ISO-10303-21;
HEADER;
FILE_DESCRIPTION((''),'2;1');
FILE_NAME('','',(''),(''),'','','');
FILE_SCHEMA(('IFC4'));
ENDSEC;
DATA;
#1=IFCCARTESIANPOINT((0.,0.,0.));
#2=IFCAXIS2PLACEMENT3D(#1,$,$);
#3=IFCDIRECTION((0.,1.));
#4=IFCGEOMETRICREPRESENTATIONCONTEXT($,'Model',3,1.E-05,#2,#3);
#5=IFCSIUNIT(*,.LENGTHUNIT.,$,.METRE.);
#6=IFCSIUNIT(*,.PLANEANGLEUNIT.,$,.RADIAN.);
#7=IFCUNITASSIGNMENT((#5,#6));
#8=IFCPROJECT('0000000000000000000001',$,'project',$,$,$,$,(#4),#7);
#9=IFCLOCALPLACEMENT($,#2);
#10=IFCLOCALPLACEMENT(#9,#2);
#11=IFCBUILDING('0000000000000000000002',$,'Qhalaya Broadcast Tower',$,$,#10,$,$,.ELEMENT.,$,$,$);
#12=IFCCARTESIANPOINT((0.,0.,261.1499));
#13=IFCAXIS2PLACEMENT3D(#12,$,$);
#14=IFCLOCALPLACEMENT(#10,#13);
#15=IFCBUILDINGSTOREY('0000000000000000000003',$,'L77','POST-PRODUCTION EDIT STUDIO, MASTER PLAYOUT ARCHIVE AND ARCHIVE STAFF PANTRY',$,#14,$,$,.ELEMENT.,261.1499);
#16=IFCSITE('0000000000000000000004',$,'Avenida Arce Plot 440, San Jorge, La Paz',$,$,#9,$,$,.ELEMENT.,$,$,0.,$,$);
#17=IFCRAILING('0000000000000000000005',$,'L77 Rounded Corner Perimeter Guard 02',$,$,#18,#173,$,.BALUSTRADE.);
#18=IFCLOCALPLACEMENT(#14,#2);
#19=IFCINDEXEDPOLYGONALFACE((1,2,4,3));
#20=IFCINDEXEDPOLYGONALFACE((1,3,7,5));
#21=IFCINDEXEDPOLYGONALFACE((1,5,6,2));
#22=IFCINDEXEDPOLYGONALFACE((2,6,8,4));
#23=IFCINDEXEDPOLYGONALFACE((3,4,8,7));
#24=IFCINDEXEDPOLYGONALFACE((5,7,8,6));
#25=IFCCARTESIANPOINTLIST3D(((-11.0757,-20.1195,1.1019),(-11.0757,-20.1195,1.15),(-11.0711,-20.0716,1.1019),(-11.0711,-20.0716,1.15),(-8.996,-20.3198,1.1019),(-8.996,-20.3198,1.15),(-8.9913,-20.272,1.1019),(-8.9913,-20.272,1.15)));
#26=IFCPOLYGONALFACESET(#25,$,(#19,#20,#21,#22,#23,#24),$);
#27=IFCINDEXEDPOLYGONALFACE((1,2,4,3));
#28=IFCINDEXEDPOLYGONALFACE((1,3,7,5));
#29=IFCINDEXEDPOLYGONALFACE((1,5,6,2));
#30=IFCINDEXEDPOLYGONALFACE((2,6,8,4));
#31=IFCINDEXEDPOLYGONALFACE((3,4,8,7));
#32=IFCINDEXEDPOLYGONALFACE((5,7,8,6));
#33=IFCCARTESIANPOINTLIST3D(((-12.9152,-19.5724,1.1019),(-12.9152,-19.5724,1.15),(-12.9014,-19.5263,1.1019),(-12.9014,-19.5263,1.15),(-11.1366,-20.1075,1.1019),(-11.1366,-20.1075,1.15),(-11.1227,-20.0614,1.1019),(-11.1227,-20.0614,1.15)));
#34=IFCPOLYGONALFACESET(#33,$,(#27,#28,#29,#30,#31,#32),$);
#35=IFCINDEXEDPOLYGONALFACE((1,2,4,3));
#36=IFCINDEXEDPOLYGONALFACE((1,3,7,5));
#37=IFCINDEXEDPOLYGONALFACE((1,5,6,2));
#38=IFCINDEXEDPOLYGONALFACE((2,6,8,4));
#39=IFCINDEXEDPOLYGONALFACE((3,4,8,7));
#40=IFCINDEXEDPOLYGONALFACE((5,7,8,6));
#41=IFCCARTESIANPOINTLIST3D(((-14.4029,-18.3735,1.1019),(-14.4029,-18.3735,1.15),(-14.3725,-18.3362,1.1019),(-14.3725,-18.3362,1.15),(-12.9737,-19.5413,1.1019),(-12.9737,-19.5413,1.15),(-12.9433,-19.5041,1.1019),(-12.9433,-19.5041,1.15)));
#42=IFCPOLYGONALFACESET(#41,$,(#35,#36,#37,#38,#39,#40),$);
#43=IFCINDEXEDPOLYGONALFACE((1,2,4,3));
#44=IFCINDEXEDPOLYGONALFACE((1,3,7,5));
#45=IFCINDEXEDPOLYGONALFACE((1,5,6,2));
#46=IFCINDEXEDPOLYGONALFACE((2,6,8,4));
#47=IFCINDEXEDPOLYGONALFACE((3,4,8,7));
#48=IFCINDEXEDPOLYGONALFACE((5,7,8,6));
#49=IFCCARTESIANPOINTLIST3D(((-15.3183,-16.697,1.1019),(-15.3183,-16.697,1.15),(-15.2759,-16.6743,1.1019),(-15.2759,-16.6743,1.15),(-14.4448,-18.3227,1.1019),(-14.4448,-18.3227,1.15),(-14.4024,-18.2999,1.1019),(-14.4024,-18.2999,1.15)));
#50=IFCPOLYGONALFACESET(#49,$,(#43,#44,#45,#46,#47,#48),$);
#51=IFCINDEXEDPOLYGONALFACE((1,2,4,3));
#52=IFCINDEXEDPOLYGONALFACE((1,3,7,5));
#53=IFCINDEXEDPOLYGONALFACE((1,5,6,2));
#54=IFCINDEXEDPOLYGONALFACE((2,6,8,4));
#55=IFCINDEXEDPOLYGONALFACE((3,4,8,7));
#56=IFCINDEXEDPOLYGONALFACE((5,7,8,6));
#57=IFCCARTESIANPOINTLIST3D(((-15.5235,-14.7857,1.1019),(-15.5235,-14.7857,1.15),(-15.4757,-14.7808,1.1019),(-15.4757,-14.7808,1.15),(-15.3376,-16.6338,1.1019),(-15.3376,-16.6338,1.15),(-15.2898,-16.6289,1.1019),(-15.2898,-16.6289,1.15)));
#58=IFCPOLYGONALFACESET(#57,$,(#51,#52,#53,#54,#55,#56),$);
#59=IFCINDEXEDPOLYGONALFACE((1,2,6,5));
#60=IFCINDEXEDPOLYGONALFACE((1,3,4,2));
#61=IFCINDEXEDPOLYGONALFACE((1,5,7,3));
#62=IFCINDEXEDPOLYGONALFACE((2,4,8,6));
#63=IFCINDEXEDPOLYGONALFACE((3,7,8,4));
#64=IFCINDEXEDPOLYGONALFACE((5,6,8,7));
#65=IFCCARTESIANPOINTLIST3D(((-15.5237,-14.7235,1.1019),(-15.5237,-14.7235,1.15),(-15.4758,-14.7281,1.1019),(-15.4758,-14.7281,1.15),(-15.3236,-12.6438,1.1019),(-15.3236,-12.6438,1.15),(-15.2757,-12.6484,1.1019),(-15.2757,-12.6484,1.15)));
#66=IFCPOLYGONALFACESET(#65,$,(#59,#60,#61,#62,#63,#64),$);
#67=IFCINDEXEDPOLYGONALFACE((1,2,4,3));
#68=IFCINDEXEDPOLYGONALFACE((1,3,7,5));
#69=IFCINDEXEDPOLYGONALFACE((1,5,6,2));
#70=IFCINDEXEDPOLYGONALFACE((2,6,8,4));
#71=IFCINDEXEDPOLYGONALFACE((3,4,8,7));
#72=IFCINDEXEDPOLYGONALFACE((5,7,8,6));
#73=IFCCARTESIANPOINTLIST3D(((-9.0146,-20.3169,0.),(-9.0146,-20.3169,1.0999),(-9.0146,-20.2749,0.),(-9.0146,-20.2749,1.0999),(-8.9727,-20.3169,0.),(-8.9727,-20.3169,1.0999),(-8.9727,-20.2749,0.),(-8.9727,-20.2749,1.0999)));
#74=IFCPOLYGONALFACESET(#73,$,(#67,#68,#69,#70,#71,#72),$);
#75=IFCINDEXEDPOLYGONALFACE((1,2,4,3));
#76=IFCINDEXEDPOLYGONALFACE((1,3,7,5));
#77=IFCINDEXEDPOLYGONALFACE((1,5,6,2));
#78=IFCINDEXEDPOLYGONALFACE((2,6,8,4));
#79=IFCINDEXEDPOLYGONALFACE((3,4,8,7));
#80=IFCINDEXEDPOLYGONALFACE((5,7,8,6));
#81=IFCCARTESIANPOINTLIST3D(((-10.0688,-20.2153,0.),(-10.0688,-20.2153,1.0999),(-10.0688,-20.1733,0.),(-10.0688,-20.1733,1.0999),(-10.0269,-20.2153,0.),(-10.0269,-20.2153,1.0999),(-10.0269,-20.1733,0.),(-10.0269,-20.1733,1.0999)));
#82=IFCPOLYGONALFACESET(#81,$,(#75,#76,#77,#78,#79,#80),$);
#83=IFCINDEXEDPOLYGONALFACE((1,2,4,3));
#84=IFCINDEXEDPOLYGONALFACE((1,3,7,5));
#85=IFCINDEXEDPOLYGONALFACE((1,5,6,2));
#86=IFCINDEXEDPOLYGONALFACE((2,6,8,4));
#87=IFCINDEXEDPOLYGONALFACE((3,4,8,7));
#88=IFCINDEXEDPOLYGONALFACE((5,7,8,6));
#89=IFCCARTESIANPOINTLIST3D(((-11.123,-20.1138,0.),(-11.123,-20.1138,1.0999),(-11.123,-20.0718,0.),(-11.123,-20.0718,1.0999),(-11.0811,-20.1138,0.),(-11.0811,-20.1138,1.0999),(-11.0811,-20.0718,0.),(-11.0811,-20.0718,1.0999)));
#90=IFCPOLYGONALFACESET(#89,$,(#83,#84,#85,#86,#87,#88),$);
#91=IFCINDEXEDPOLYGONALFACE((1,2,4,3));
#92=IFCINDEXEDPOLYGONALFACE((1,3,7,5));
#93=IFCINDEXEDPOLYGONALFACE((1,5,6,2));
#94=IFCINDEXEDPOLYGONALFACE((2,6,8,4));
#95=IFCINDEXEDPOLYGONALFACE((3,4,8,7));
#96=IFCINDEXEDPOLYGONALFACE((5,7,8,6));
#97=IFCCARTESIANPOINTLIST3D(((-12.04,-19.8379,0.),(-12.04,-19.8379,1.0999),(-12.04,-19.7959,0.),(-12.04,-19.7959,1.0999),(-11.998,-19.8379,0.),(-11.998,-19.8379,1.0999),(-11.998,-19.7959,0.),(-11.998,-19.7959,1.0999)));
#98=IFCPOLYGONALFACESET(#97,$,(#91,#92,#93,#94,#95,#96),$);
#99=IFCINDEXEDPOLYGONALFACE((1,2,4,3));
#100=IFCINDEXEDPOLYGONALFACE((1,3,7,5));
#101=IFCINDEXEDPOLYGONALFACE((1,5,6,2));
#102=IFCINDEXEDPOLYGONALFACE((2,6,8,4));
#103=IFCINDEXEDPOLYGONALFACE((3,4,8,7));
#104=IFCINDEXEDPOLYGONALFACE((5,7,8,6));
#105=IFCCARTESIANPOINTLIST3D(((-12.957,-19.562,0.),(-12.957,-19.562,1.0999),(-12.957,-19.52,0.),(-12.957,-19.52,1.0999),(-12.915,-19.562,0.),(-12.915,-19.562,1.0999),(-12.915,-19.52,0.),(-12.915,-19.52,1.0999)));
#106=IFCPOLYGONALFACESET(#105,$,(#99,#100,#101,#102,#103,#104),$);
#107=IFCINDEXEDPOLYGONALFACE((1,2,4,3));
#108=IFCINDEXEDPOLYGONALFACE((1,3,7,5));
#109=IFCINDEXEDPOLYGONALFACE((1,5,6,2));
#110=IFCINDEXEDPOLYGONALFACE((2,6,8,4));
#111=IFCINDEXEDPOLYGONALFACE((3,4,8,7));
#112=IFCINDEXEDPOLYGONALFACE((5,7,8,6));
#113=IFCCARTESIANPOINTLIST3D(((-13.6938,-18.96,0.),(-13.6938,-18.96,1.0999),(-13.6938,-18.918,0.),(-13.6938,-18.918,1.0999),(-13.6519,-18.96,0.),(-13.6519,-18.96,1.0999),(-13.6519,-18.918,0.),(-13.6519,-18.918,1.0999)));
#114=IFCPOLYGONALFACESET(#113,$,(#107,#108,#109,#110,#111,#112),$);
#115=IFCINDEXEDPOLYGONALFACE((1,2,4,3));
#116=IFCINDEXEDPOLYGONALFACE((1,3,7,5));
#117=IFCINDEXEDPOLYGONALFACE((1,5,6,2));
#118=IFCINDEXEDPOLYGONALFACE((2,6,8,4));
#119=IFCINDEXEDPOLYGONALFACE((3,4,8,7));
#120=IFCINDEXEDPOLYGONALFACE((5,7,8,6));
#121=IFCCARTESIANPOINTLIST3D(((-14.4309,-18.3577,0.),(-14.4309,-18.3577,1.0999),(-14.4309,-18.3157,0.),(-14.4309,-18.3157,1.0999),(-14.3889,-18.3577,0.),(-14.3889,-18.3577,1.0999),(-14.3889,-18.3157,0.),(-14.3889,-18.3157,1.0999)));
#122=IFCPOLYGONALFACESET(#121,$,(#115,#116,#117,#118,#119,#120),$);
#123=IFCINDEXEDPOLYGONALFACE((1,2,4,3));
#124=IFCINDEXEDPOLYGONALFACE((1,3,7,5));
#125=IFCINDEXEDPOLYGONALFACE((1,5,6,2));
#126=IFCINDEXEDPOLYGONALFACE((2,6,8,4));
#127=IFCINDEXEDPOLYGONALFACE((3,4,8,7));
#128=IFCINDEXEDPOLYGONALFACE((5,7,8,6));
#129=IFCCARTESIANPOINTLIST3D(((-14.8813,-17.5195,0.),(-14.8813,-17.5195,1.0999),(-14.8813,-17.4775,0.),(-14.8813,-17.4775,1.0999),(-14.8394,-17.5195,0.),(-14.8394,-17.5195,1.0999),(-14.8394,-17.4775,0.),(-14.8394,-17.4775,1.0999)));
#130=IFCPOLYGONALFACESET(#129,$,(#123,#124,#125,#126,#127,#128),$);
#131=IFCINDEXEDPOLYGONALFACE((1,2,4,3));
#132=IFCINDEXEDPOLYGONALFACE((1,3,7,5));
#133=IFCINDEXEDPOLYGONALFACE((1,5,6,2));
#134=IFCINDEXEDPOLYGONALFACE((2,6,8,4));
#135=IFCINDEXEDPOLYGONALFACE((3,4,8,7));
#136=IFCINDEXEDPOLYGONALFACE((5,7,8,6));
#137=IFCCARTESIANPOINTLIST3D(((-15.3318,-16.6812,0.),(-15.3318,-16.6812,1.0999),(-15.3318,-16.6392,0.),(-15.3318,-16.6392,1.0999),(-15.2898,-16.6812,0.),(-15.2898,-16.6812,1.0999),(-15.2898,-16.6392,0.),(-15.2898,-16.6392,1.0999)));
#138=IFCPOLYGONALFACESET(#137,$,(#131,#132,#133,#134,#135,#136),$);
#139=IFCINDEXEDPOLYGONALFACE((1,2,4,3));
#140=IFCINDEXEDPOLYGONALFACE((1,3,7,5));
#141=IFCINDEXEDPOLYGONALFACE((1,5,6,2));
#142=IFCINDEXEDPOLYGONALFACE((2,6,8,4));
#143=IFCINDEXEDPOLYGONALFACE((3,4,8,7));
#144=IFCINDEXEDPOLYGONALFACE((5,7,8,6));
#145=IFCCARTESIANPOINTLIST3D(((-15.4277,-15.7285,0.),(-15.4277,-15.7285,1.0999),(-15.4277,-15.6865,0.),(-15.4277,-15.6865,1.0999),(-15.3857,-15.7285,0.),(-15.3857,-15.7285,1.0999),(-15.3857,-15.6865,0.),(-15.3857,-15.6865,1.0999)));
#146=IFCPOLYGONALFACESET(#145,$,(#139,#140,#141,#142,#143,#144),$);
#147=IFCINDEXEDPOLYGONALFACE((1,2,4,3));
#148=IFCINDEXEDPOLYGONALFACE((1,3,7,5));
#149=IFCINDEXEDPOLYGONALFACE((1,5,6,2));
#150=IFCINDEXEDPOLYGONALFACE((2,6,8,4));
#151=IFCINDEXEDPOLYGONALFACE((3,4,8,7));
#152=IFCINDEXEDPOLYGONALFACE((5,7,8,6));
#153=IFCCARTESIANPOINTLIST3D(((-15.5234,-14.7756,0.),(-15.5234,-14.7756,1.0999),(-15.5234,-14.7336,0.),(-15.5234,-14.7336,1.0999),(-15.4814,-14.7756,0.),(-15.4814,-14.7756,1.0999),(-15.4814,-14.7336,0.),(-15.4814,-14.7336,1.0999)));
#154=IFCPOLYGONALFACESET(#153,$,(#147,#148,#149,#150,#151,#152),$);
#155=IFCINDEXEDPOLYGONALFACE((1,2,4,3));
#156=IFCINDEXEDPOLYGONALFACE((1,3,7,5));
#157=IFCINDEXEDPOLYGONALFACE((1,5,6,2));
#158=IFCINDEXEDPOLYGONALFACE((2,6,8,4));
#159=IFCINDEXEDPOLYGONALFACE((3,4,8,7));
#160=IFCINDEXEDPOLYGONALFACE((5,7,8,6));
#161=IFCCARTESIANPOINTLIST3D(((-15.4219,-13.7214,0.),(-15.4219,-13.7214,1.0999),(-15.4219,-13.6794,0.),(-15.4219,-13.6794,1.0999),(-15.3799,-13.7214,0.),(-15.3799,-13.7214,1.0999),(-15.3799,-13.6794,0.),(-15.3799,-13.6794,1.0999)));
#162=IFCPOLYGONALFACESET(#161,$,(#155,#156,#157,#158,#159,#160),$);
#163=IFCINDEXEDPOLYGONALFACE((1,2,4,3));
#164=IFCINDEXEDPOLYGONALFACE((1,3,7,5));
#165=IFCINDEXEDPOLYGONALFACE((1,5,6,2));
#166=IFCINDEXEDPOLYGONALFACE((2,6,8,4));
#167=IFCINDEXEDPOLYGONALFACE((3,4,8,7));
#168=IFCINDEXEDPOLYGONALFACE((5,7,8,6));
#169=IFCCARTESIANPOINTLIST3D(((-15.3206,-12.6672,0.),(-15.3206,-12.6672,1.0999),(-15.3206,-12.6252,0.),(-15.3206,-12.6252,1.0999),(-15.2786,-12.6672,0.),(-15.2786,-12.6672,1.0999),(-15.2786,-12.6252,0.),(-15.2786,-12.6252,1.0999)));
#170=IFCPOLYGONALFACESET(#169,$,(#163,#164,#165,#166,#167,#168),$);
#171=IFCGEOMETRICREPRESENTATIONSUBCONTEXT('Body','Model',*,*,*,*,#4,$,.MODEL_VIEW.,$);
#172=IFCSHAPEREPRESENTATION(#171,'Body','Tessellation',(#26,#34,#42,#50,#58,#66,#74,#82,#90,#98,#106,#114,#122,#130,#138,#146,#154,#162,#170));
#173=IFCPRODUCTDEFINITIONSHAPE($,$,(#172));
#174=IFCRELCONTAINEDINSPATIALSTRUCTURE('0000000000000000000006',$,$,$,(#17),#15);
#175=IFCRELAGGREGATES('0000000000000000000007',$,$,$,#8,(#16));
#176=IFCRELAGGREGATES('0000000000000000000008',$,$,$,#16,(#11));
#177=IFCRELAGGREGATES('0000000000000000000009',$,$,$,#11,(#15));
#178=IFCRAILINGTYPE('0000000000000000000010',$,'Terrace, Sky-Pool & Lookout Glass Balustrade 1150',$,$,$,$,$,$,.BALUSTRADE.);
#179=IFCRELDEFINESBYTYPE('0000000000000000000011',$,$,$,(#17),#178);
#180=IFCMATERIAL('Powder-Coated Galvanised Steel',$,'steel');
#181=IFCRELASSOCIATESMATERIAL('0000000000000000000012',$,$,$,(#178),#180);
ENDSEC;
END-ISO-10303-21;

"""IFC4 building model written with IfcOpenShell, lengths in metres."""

from ifc_helpers import new_model, si_unit, direction, frame, origin, origin_2d, place, context, subcontext, project, spatial, rectangle, extrude, material, type_object, element, save


model = new_model("IFC4")

# Units and contexts
model_context = context("Model", 3, precision=1e-05, world=origin(), true_north=direction((0.0, 1.0)))
body_context = subcontext(model_context, "Body", "Model", "MODEL_VIEW")
ifc_project = project(units=[si_unit("LENGTHUNIT", "METRE"), si_unit("PLANEANGLEUNIT", "RADIAN")], contexts=[model_context])

# Site, building, storey
site_placement = place(None, origin())
site = spatial("IfcSite", under=ifc_project, at=site_placement, Name="Avenida Arce Plot 440, San Jorge, La Paz", CompositionType="ELEMENT", RefElevation=0.0)
building_placement = place(site_placement, origin())
building = spatial("IfcBuilding", under=site, at=building_placement, Name="Qhalaya Broadcast Tower", CompositionType="ELEMENT")
storey_placement = place(building_placement, frame((0.0, 0.0, 261.1499)))
storey = spatial("IfcBuildingStorey", under=building, at=storey_placement, Name="L77", Description="POST-PRODUCTION EDIT STUDIO, MASTER PLAYOUT ARCHIVE AND ARCHIVE STAFF PANTRY", CompositionType="ELEMENT", Elevation=261.1499)

# Railing
ifc_material_1 = material(Name="Powder-Coated Galvanised Steel", Category="steel")
railing_type = type_object("IfcRailingType", Name="Terrace, Sky-Pool & Lookout Glass Balustrade 1150", PredefinedType="BALUSTRADE", material=ifc_material_1)
railing_placement = place(storey_placement, frame((-8.9937, -20.2959, 0.0)))
element("IfcRailing", 1, at=railing_placement, inside=storey, type_object=railing_type, Name="L77 Rounded Corner Perimeter Guard 02", PredefinedType="BALUSTRADE", context=body_context, shape_type="SweptSolid", body=[
    extrude(rectangle(XDim=0.0481, YDim=0.0481, at=origin_2d()), frame((0.0, 0.0, 1.126), z_axis=(-0.995391, 0.095897, 0.0), x_axis=(-0.095897, -0.995391, 0.0)), (0.0, 0.0, 1.0), 2.0894),
    extrude(rectangle(XDim=0.0481, YDim=0.0481, at=origin_2d()), frame((-2.136, 0.2114, 1.126), z_axis=(-0.957601, 0.288096, 0.0), x_axis=(-0.288096, -0.957601, 0.0)), (0.0, 0.0, 1.0), 1.8574),
    extrude(rectangle(XDim=0.0481, YDim=0.0481, at=origin_2d()), frame((-3.9648, 0.7732, 1.126), z_axis=(-0.774357, 0.632749, 0.0), x_axis=(-0.632749, -0.774357, 0.0)), (0.0, 0.0, 1.0), 1.8457),
    extrude(rectangle(XDim=0.0481, YDim=0.0481, at=origin_2d()), frame((-5.4299, 1.9846, 1.126), z_axis=(-0.473342, 0.880879, 0.0), x_axis=(-0.880879, -0.473342, 0.0)), (0.0, 0.0, 1.0), 1.8455),
    extrude(rectangle(XDim=0.0481, YDim=0.0481, at=origin_2d()), frame((-6.3201, 3.6646, 1.126), z_axis=(-0.100072, 0.99498, 0.0), x_axis=(-0.99498, -0.100072, 0.0)), (0.0, 0.0, 1.0), 1.8574),
    extrude(rectangle(XDim=0.0481, YDim=0.0481, at=origin_2d()), frame((-6.5061, 5.5701, 1.126), z_axis=(0.095783, 0.995402, 0.0), x_axis=(-0.995402, 0.095783, 0.0)), (0.0, 0.0, 1.0), 2.0894),
    extrude(rectangle(XDim=0.042, YDim=0.042, at=origin_2d()), origin(), (0.0, 0.0, 1.0), 1.0999),
    extrude(rectangle(XDim=0.042, YDim=0.042, at=origin_2d()), frame((-1.0542, 0.1016, 0.0)), (0.0, 0.0, 1.0), 1.0999),
    extrude(rectangle(XDim=0.042, YDim=0.042, at=origin_2d()), frame((-2.1084, 0.2031, 0.0)), (0.0, 0.0, 1.0), 1.0999),
    extrude(rectangle(XDim=0.042, YDim=0.042, at=origin_2d()), frame((-3.0254, 0.479, 0.0)), (0.0, 0.0, 1.0), 1.0999),
    extrude(rectangle(XDim=0.042, YDim=0.042, at=origin_2d()), frame((-3.9424, 0.7549, 0.0)), (0.0, 0.0, 1.0), 1.0999),
    extrude(rectangle(XDim=0.042, YDim=0.042, at=origin_2d()), frame((-4.6792, 1.3569, 0.0)), (0.0, 0.0, 1.0), 1.0999),
    extrude(rectangle(XDim=0.042, YDim=0.042, at=origin_2d()), frame((-5.4163, 1.9592, 0.0)), (0.0, 0.0, 1.0), 1.0999),
    extrude(rectangle(XDim=0.042, YDim=0.042, at=origin_2d()), frame((-5.8667, 2.7974, 0.0)), (0.0, 0.0, 1.0), 1.0999),
    extrude(rectangle(XDim=0.042, YDim=0.042, at=origin_2d()), frame((-6.3171, 3.6357, 0.0)), (0.0, 0.0, 1.0), 1.0999),
    extrude(rectangle(XDim=0.042, YDim=0.042, at=origin_2d()), frame((-6.4131, 4.5884, 0.0)), (0.0, 0.0, 1.0), 1.0999),
    extrude(rectangle(XDim=0.042, YDim=0.042, at=origin_2d()), frame((-6.5088, 5.5413, 0.0)), (0.0, 0.0, 1.0), 1.0999),
    extrude(rectangle(XDim=0.042, YDim=0.042, at=origin_2d()), frame((-6.4072, 6.5955, 0.0)), (0.0, 0.0, 1.0), 1.0999),
    extrude(rectangle(XDim=0.042, YDim=0.042, at=origin_2d()), frame((-6.3059, 7.6497, 0.0)), (0.0, 0.0, 1.0), 1.0999),
])

save(model, "model.ifc")
